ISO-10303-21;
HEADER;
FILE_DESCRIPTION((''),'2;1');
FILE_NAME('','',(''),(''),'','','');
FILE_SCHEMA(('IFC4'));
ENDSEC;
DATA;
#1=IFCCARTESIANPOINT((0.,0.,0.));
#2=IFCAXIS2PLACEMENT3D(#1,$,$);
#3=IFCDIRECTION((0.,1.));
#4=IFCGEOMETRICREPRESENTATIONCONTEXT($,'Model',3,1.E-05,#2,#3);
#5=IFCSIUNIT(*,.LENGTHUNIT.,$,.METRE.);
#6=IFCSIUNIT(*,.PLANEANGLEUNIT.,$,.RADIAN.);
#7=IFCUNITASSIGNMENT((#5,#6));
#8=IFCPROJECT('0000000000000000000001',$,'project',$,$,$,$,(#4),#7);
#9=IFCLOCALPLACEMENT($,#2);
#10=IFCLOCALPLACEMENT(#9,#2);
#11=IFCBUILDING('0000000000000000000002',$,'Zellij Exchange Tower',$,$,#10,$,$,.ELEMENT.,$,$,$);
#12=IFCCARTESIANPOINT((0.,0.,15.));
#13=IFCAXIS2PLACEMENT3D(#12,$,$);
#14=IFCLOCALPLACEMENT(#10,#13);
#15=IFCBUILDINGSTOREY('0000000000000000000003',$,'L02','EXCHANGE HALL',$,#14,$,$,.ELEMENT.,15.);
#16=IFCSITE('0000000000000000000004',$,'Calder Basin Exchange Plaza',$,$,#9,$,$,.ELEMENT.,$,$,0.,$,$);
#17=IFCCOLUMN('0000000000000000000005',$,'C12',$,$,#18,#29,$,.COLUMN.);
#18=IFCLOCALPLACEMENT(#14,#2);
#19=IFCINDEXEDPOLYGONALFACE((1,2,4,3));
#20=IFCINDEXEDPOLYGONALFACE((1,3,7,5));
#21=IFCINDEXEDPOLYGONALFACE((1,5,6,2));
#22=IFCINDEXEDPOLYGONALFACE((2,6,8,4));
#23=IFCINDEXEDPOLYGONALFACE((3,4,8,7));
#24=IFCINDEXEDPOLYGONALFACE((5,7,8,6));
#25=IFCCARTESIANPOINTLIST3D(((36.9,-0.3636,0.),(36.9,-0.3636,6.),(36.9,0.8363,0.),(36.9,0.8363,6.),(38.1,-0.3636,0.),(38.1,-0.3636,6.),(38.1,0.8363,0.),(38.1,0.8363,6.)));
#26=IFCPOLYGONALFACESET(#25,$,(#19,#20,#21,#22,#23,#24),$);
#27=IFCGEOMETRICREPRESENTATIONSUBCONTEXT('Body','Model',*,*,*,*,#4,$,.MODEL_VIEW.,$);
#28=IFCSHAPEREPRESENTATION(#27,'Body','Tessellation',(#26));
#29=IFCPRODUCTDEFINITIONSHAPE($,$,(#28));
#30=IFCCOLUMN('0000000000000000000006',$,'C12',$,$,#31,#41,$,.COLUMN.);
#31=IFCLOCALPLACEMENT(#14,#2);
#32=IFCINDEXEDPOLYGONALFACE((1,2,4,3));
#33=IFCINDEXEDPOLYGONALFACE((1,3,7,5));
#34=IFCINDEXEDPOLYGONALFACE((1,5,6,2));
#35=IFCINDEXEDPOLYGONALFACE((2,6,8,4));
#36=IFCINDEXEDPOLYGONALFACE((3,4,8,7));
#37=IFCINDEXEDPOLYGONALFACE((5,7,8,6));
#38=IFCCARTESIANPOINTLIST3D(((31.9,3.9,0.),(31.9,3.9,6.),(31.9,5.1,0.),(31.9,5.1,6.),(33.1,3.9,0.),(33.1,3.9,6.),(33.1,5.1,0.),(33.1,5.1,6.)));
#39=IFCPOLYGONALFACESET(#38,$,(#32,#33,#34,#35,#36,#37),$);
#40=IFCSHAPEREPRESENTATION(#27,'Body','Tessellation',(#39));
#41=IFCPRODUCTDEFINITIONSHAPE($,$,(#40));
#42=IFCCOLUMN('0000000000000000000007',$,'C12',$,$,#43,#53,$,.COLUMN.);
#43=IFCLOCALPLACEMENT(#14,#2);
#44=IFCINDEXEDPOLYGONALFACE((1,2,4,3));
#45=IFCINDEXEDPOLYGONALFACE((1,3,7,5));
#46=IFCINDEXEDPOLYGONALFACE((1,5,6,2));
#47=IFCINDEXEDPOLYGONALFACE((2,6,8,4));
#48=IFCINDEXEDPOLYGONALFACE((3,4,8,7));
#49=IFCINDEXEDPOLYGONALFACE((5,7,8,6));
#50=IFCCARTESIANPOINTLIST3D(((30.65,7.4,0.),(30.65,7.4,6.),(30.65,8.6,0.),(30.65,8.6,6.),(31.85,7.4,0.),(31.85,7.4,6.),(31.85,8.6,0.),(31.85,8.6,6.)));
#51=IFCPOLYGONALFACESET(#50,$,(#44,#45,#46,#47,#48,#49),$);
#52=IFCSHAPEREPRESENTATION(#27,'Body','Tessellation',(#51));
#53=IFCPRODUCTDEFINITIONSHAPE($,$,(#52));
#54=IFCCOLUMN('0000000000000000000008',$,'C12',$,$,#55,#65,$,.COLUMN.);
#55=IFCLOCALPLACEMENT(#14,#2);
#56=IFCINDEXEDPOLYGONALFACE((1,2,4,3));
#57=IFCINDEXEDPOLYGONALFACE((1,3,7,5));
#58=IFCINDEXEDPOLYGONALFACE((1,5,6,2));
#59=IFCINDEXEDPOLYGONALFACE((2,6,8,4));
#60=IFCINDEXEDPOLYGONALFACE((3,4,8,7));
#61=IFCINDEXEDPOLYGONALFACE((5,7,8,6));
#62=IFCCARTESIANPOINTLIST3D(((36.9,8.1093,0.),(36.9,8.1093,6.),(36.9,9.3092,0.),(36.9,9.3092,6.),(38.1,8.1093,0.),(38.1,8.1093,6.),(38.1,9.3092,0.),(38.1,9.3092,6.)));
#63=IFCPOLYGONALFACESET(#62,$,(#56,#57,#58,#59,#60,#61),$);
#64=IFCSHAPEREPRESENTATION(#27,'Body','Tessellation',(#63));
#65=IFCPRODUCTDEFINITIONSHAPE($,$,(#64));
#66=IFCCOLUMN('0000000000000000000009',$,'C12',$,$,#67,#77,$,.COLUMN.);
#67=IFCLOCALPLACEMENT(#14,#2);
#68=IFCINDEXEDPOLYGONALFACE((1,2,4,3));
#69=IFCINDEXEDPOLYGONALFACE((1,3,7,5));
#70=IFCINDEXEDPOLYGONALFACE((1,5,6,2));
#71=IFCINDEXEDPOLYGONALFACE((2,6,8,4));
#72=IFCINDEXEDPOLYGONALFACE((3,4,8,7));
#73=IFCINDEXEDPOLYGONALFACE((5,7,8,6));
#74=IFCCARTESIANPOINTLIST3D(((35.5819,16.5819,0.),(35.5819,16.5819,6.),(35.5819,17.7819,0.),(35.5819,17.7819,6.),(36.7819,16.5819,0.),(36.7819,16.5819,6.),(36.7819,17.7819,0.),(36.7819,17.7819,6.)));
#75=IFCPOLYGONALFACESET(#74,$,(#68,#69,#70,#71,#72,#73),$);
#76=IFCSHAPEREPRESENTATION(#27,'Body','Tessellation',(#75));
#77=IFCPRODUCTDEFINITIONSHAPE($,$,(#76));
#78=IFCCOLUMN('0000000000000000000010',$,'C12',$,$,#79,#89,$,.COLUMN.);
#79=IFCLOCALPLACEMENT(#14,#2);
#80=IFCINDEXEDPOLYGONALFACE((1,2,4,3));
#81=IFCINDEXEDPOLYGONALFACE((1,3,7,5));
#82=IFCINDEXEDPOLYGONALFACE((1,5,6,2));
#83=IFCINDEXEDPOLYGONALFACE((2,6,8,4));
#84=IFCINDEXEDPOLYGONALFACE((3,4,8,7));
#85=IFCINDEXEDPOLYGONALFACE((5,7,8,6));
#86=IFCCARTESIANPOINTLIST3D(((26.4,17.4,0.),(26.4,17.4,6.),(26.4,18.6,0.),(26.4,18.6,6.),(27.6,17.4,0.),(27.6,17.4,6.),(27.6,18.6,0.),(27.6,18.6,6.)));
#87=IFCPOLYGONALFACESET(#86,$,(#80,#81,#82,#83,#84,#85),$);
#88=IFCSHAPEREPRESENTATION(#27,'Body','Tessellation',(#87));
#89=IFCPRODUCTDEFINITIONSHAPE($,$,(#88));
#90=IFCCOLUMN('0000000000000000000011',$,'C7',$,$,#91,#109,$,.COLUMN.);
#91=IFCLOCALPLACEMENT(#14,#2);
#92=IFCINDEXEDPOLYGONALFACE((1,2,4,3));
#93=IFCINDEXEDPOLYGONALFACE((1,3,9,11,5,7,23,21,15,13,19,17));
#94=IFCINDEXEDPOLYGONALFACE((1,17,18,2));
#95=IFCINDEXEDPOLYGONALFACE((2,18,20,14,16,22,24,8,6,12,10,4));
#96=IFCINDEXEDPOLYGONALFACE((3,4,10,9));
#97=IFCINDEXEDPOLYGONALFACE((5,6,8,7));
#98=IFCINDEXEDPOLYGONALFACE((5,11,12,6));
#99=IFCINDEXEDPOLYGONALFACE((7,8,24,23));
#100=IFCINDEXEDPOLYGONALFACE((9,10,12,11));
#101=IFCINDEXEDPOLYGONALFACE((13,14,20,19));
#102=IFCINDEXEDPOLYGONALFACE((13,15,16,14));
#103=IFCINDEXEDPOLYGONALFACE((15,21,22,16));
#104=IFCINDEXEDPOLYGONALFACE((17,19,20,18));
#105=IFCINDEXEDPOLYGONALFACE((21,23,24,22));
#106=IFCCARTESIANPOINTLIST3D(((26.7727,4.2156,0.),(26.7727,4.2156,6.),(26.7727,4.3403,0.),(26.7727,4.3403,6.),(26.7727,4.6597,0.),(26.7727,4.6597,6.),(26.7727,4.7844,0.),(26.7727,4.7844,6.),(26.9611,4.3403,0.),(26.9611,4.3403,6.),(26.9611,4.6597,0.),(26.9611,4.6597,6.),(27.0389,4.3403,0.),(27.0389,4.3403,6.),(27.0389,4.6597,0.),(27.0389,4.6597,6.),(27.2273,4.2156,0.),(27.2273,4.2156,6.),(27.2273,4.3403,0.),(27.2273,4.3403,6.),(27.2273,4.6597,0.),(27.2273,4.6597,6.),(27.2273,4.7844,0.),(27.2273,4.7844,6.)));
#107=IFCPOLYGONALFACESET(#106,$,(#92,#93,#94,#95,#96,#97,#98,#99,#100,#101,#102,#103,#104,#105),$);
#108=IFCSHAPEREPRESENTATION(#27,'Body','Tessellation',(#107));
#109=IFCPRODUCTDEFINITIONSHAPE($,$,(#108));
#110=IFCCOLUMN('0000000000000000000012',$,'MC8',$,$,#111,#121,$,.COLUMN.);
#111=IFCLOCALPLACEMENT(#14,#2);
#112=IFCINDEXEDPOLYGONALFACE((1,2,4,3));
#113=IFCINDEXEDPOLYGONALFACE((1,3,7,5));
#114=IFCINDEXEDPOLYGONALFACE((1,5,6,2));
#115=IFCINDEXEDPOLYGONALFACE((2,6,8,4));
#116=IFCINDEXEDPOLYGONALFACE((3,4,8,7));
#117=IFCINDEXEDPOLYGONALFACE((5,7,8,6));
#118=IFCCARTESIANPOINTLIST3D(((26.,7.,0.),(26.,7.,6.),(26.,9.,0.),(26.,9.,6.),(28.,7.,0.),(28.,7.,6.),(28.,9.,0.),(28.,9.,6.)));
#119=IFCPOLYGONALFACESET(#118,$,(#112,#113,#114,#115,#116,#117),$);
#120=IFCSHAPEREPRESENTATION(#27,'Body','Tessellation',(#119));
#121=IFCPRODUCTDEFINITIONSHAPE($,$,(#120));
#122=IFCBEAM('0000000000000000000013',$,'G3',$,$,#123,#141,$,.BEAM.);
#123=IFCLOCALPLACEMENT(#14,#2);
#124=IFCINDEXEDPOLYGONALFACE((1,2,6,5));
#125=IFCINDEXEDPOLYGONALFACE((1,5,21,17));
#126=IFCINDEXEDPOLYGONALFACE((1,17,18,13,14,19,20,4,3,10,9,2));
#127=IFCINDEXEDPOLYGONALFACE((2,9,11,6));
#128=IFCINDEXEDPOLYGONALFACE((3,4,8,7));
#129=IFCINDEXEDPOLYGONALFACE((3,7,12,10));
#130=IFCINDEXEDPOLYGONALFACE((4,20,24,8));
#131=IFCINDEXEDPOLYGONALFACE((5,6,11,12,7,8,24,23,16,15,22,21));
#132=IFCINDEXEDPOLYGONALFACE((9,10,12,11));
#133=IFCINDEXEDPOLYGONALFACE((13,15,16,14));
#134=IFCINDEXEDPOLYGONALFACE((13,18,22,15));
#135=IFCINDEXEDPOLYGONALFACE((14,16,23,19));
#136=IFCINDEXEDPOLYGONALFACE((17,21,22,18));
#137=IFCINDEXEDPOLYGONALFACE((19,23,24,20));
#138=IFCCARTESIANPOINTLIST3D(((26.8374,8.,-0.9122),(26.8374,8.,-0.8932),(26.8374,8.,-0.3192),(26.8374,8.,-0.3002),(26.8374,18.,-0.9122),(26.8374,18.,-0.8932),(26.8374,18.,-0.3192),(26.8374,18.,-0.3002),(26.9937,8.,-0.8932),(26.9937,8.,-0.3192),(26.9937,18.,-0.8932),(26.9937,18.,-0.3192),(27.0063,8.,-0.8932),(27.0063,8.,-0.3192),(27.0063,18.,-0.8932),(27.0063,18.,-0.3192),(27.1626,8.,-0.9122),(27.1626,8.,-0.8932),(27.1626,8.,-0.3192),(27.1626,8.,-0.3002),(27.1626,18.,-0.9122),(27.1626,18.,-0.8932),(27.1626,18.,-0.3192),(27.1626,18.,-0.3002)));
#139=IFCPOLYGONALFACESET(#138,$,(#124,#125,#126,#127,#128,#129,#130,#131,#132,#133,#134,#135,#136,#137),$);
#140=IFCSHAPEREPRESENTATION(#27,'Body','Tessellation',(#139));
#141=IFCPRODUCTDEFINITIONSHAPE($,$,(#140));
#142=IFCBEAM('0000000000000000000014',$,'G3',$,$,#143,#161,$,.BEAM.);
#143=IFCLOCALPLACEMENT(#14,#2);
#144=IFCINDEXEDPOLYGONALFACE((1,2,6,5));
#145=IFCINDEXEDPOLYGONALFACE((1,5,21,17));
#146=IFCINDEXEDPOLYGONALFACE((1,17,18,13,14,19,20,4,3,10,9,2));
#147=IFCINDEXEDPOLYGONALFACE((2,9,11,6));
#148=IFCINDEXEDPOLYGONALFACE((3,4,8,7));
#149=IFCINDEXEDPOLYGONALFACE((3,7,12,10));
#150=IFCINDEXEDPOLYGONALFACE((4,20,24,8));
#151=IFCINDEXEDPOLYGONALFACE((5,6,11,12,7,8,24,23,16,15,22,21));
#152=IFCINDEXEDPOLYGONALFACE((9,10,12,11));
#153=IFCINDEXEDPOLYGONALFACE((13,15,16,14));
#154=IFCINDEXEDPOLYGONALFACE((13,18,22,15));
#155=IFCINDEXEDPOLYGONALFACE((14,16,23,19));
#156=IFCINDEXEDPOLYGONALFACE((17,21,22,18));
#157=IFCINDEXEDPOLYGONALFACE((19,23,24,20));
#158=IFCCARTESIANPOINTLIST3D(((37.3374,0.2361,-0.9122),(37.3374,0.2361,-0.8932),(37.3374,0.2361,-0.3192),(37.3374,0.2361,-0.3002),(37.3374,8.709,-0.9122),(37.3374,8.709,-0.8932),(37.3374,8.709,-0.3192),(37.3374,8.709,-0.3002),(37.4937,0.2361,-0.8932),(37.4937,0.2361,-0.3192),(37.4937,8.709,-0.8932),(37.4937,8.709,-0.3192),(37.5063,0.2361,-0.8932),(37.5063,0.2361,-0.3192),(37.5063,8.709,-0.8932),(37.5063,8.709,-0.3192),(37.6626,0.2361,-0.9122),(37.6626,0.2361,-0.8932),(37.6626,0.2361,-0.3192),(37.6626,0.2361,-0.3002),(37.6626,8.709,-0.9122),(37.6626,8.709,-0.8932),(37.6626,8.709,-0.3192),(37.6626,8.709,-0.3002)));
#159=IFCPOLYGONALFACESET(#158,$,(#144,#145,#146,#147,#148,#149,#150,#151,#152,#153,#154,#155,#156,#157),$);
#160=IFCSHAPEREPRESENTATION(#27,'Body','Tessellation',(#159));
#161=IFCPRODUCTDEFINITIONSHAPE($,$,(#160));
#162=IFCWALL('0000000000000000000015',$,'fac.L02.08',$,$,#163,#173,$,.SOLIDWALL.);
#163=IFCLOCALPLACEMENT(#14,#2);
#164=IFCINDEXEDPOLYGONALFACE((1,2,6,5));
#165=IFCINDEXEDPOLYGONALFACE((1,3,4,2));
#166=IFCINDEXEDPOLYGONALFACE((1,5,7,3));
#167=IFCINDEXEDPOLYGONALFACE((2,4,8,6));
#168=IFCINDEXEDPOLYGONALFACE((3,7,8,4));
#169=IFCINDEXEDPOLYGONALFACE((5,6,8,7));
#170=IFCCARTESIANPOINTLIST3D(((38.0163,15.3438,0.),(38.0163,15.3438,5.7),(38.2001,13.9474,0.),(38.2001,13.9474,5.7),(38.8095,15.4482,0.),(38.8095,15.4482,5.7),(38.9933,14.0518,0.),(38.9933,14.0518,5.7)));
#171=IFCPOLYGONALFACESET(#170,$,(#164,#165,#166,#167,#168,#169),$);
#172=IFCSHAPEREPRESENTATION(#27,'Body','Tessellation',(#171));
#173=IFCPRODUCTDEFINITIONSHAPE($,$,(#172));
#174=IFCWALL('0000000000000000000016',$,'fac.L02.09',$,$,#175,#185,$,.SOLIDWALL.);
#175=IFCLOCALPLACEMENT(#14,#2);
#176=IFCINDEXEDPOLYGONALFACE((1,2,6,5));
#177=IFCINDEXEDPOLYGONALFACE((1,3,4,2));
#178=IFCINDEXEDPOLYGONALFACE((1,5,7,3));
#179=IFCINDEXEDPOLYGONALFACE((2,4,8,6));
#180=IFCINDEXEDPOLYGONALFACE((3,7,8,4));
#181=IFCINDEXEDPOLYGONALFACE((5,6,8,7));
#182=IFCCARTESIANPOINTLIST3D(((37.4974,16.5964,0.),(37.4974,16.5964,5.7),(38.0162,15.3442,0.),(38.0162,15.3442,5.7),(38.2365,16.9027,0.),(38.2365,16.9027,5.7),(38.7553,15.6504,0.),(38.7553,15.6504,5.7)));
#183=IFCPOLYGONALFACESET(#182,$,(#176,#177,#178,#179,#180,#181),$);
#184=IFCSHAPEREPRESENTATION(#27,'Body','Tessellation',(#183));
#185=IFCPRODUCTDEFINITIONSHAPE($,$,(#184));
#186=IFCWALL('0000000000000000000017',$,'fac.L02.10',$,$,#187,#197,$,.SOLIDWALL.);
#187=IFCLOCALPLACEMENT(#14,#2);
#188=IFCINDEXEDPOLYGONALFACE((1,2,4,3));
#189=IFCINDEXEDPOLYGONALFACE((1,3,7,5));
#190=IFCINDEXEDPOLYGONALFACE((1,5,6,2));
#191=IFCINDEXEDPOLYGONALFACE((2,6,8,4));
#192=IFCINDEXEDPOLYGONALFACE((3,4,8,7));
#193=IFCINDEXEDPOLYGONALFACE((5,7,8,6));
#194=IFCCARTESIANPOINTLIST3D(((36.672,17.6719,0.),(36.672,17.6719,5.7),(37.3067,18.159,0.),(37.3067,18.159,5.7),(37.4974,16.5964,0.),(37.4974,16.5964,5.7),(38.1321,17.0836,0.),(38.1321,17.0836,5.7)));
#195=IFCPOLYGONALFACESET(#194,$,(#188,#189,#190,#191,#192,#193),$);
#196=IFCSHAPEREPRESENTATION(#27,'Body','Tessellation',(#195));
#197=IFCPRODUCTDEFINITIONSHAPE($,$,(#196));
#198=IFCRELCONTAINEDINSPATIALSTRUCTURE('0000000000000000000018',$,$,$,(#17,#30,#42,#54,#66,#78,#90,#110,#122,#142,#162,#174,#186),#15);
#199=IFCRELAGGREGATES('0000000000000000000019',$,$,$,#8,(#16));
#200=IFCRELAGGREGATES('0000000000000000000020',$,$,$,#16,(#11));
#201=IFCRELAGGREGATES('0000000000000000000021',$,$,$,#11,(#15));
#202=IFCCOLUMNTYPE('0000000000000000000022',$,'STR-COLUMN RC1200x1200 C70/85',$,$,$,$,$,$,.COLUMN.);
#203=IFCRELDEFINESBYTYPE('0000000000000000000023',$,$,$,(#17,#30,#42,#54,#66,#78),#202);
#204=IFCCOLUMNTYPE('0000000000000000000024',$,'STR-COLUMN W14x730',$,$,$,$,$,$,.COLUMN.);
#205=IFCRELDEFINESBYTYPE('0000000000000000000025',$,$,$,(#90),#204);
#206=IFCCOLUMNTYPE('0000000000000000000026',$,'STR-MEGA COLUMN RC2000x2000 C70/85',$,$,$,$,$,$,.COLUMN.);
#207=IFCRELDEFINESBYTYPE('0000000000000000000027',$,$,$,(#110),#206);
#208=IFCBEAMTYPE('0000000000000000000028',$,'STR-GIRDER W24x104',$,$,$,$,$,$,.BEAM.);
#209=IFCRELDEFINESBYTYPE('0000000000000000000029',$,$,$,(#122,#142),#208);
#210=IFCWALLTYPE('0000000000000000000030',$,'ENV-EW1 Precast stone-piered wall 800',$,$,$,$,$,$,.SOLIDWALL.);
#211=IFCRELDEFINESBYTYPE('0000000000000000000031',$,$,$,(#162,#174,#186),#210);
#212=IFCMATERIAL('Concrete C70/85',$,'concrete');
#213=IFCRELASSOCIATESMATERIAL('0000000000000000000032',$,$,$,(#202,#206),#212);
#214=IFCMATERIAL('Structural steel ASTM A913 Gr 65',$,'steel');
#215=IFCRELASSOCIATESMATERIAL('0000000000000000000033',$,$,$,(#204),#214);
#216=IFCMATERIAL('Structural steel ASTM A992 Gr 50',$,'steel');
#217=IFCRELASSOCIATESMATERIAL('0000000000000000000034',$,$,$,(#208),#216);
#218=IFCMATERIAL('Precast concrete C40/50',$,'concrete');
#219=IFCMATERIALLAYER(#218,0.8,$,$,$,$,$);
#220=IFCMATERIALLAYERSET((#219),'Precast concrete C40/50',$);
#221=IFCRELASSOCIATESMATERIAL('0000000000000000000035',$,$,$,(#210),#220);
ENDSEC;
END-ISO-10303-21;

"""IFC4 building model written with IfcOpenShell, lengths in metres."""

from ifc_helpers import new_model, si_unit, direction, frame, frame_2d, origin, origin_2d, place, context, subcontext, project, spatial, rectangle, i_section, extrude, material, layer, layer_set, material_profile, profile_set, type_object, element, save


model = new_model("IFC4")

# Units and contexts
model_context = context("Model", 3, precision=1e-05, world=origin(), true_north=direction((0.0, 1.0)))
body_context = subcontext(model_context, "Body", "Model", "MODEL_VIEW")
ifc_project = project(units=[si_unit("LENGTHUNIT", "METRE"), si_unit("PLANEANGLEUNIT", "RADIAN")], contexts=[model_context])

# Site, building, storey
site_placement = place(None, origin())
site = spatial("IfcSite", under=ifc_project, at=site_placement, Name="Calder Basin Exchange Plaza", CompositionType="ELEMENT", RefElevation=0.0)
building_placement = place(site_placement, origin())
building = spatial("IfcBuilding", under=site, at=building_placement, Name="Zellij Exchange Tower", CompositionType="ELEMENT")
storey_placement = place(building_placement, frame((0.0, 0.0, 15.0)))
storey = spatial("IfcBuildingStorey", under=building, at=storey_placement, Name="L02", Description="EXCHANGE HALL", CompositionType="ELEMENT", Elevation=15.0)

# Columns
ifc_material_1 = material(Name="Concrete C70/85", Category="concrete")
ifc_material_profile_1 = material_profile(ifc_material_1, rectangle(XDim=1.2, YDim=1.2, at=origin_2d()), Name="STR-COLUMN RC1200x1200 C70/85")
ifc_profile_set_1 = profile_set([ifc_material_profile_1], Name="Concrete C70/85")
column_type_1 = type_object("IfcColumnType", Name="STR-COLUMN RC1200x1200 C70/85", PredefinedType="COLUMN", material=ifc_profile_set_1)
for number, where, z_axis, x_axis, name in (
    (1, (37.5, 0.2363, 0.0), (0.0, 0.0, 1.0), (1.0, 0.0, 0.0), "C12"),
    (2, (32.5, 4.5, 0.0), (0.0, 0.0, 1.0), (1.0, 0.0, 0.0), "C12"),
    (3, (31.25, 8.0, 0.0), (0.0, 0.0, 1.0), (1.0, 0.0, 0.0), "C12"),
    (4, (37.5, 8.7092, 0.0), (0.0, 0.0, 1.0), (1.0, 0.0, 0.0), "C12"),
    (5, (36.1819, 17.1819, 0.0), (0.0, 0.0, 1.0), (1.0, 0.0, 0.0), "C12"),
    (6, (27.0, 18.0, 0.0), (0.0, 0.0, 1.0), (1.0, 0.0, 0.0), "C12"),
):
    element("IfcColumn", number, at=place(storey_placement, frame(where, z_axis=z_axis, x_axis=x_axis)), inside=storey, type_object=column_type_1, Name=name, PredefinedType="COLUMN", context=body_context, shape_type="SweptSolid", body=[
        extrude(rectangle(XDim=1.2, YDim=1.2, at=origin_2d()), origin(), (0.0, 0.0, 1.0), 6.0),
    ])
ifc_material_2 = material(Name="Structural steel ASTM A913 Gr 65", Category="steel")
ifc_material_profile_2 = material_profile(ifc_material_2, i_section(OverallWidth=0.4546, OverallDepth=0.5688, WebThickness=0.0779, FlangeThickness=0.1248, at=origin_2d()), Name="W14x730")
ifc_profile_set_2 = profile_set([ifc_material_profile_2], Name="Structural steel ASTM A913 Gr 65")
column_type_2 = type_object("IfcColumnType", Name="STR-COLUMN W14x730", PredefinedType="COLUMN", material=ifc_profile_set_2)
column_1_placement = place(storey_placement, frame((27.0, 4.5, 0.0), z_axis=(0.0, 0.0, 1.0), x_axis=(1.0, 0.0, 0.0)))
element("IfcColumn", 7, at=column_1_placement, inside=storey, type_object=column_type_2, Name="C7", PredefinedType="COLUMN", context=body_context, shape_type="SweptSolid", body=[
    extrude(i_section(OverallWidth=0.4546, OverallDepth=0.5688, WebThickness=0.0779, FlangeThickness=0.1248, at=origin_2d()), origin(), (0.0, 0.0, 1.0), 6.0),
])
ifc_material_profile_3 = material_profile(ifc_material_1, rectangle(XDim=2.0, YDim=2.0, at=origin_2d()), Name="STR-MEGA COLUMN RC2000x2000 C70/85")
ifc_profile_set_3 = profile_set([ifc_material_profile_3], Name="Concrete C70/85")
column_type_3 = type_object("IfcColumnType", Name="STR-MEGA COLUMN RC2000x2000 C70/85", PredefinedType="COLUMN", material=ifc_profile_set_3)
column_2_placement = place(storey_placement, frame((27.0, 8.0, 0.0), z_axis=(0.0, 0.0, 1.0), x_axis=(1.0, 0.0, 0.0)))
element("IfcColumn", 8, at=column_2_placement, inside=storey, type_object=column_type_3, Name="MC8", PredefinedType="COLUMN", context=body_context, shape_type="SweptSolid", body=[
    extrude(rectangle(XDim=2.0, YDim=2.0, at=origin_2d()), origin(), (0.0, 0.0, 1.0), 6.0),
])

# Beams
ifc_material_3 = material(Name="Structural steel ASTM A992 Gr 50", Category="steel")
ifc_material_profile_4 = material_profile(ifc_material_3, i_section(OverallWidth=0.3252, OverallDepth=0.6121, WebThickness=0.0127, FlangeThickness=0.019, at=origin_2d()), Name="W24x104")
ifc_profile_set_4 = profile_set([ifc_material_profile_4], Name="Structural steel ASTM A992 Gr 50")
beam_type = type_object("IfcBeamType", Name="STR-GIRDER W24x104", PredefinedType="BEAM", material=ifc_profile_set_4)
beam_1_placement = place(storey_placement, frame((27.0, 8.0, -0.6062), z_axis=(0.0, 1.0, 0.0), x_axis=(-1.0, 0.0, 0.0)))
element("IfcBeam", 9, at=beam_1_placement, inside=storey, type_object=beam_type, Name="G3", PredefinedType="BEAM", context=body_context, shape_type="SweptSolid", body=[
    extrude(i_section(OverallWidth=0.3252, OverallDepth=0.6121, WebThickness=0.0127, FlangeThickness=0.019, at=origin_2d()), origin(), (0.0, 0.0, 1.0), 10.0),
])
beam_2_placement = place(storey_placement, frame((37.5, 0.2361, -0.6062), z_axis=(0.0, 1.0, 0.0), x_axis=(-1.0, 0.0, 0.0)))
element("IfcBeam", 10, at=beam_2_placement, inside=storey, type_object=beam_type, Name="G3", PredefinedType="BEAM", context=body_context, shape_type="SweptSolid", body=[
    extrude(i_section(OverallWidth=0.3252, OverallDepth=0.6121, WebThickness=0.0127, FlangeThickness=0.019, at=origin_2d()), origin(), (0.0, 0.0, 1.0), 8.4729),
])

# Walls
ifc_material_4 = material(Name="Precast concrete C40/50", Category="concrete")
ifc_layer_1 = layer(ifc_material_4, 0.8)
ifc_layer_set_1 = layer_set([ifc_layer_1], Name="Precast concrete C40/50")
wall_type_1 = type_object("IfcWallType", Name="ENV-EW1 Precast stone-piered wall 800", PredefinedType="SOLIDWALL", material=ifc_layer_set_1)
wall_1_placement = place(storey_placement, frame((38.5967, 13.9998, 0.0), z_axis=(0.0, 0.0, 1.0), x_axis=(-0.130517, 0.991446, 0.0)))
element("IfcWall", 11, at=wall_1_placement, inside=storey, type_object=wall_type_1, Name="fac.L02.08", PredefinedType="SOLIDWALL", context=body_context, shape_type="SweptSolid", body=[
    extrude(rectangle(XDim=1.4084, YDim=0.8, at=frame_2d((0.7041, 0.0))), origin(), (0.0, 0.0, 1.0), 5.7),
])
wall_2_placement = place(storey_placement, frame((38.3857, 15.4973, 0.0), z_axis=(0.0, 0.0, 1.0), x_axis=(-0.38276, 0.923848, 0.0)))
element("IfcWall", 12, at=wall_2_placement, inside=storey, type_object=wall_type_1, Name="fac.L02.09", PredefinedType="SOLIDWALL", context=body_context, shape_type="SweptSolid", body=[
    extrude(rectangle(XDim=1.3555, YDim=0.8, at=frame_2d((0.6777, 0.0))), origin(), (0.0, 0.0, 1.0), 5.7),
])
for number, where, z_axis, x_axis, name in (
    (13, (37.8147, 16.8401, 0.0), (0.0, 0.0, 1.0), (-0.608866, 0.793273, 0.0), "fac.L02.10"),
):
    element("IfcWall", number, at=place(storey_placement, frame(where, z_axis=z_axis, x_axis=x_axis)), inside=storey, type_object=wall_type_1, Name=name, PredefinedType="SOLIDWALL", context=body_context, shape_type="SweptSolid", body=[
        extrude(rectangle(XDim=1.3557, YDim=0.8, at=frame_2d((0.6777, 0.0))), origin(), (0.0, 0.0, 1.0), 5.7),
    ])

save(model, "model.ifc")
